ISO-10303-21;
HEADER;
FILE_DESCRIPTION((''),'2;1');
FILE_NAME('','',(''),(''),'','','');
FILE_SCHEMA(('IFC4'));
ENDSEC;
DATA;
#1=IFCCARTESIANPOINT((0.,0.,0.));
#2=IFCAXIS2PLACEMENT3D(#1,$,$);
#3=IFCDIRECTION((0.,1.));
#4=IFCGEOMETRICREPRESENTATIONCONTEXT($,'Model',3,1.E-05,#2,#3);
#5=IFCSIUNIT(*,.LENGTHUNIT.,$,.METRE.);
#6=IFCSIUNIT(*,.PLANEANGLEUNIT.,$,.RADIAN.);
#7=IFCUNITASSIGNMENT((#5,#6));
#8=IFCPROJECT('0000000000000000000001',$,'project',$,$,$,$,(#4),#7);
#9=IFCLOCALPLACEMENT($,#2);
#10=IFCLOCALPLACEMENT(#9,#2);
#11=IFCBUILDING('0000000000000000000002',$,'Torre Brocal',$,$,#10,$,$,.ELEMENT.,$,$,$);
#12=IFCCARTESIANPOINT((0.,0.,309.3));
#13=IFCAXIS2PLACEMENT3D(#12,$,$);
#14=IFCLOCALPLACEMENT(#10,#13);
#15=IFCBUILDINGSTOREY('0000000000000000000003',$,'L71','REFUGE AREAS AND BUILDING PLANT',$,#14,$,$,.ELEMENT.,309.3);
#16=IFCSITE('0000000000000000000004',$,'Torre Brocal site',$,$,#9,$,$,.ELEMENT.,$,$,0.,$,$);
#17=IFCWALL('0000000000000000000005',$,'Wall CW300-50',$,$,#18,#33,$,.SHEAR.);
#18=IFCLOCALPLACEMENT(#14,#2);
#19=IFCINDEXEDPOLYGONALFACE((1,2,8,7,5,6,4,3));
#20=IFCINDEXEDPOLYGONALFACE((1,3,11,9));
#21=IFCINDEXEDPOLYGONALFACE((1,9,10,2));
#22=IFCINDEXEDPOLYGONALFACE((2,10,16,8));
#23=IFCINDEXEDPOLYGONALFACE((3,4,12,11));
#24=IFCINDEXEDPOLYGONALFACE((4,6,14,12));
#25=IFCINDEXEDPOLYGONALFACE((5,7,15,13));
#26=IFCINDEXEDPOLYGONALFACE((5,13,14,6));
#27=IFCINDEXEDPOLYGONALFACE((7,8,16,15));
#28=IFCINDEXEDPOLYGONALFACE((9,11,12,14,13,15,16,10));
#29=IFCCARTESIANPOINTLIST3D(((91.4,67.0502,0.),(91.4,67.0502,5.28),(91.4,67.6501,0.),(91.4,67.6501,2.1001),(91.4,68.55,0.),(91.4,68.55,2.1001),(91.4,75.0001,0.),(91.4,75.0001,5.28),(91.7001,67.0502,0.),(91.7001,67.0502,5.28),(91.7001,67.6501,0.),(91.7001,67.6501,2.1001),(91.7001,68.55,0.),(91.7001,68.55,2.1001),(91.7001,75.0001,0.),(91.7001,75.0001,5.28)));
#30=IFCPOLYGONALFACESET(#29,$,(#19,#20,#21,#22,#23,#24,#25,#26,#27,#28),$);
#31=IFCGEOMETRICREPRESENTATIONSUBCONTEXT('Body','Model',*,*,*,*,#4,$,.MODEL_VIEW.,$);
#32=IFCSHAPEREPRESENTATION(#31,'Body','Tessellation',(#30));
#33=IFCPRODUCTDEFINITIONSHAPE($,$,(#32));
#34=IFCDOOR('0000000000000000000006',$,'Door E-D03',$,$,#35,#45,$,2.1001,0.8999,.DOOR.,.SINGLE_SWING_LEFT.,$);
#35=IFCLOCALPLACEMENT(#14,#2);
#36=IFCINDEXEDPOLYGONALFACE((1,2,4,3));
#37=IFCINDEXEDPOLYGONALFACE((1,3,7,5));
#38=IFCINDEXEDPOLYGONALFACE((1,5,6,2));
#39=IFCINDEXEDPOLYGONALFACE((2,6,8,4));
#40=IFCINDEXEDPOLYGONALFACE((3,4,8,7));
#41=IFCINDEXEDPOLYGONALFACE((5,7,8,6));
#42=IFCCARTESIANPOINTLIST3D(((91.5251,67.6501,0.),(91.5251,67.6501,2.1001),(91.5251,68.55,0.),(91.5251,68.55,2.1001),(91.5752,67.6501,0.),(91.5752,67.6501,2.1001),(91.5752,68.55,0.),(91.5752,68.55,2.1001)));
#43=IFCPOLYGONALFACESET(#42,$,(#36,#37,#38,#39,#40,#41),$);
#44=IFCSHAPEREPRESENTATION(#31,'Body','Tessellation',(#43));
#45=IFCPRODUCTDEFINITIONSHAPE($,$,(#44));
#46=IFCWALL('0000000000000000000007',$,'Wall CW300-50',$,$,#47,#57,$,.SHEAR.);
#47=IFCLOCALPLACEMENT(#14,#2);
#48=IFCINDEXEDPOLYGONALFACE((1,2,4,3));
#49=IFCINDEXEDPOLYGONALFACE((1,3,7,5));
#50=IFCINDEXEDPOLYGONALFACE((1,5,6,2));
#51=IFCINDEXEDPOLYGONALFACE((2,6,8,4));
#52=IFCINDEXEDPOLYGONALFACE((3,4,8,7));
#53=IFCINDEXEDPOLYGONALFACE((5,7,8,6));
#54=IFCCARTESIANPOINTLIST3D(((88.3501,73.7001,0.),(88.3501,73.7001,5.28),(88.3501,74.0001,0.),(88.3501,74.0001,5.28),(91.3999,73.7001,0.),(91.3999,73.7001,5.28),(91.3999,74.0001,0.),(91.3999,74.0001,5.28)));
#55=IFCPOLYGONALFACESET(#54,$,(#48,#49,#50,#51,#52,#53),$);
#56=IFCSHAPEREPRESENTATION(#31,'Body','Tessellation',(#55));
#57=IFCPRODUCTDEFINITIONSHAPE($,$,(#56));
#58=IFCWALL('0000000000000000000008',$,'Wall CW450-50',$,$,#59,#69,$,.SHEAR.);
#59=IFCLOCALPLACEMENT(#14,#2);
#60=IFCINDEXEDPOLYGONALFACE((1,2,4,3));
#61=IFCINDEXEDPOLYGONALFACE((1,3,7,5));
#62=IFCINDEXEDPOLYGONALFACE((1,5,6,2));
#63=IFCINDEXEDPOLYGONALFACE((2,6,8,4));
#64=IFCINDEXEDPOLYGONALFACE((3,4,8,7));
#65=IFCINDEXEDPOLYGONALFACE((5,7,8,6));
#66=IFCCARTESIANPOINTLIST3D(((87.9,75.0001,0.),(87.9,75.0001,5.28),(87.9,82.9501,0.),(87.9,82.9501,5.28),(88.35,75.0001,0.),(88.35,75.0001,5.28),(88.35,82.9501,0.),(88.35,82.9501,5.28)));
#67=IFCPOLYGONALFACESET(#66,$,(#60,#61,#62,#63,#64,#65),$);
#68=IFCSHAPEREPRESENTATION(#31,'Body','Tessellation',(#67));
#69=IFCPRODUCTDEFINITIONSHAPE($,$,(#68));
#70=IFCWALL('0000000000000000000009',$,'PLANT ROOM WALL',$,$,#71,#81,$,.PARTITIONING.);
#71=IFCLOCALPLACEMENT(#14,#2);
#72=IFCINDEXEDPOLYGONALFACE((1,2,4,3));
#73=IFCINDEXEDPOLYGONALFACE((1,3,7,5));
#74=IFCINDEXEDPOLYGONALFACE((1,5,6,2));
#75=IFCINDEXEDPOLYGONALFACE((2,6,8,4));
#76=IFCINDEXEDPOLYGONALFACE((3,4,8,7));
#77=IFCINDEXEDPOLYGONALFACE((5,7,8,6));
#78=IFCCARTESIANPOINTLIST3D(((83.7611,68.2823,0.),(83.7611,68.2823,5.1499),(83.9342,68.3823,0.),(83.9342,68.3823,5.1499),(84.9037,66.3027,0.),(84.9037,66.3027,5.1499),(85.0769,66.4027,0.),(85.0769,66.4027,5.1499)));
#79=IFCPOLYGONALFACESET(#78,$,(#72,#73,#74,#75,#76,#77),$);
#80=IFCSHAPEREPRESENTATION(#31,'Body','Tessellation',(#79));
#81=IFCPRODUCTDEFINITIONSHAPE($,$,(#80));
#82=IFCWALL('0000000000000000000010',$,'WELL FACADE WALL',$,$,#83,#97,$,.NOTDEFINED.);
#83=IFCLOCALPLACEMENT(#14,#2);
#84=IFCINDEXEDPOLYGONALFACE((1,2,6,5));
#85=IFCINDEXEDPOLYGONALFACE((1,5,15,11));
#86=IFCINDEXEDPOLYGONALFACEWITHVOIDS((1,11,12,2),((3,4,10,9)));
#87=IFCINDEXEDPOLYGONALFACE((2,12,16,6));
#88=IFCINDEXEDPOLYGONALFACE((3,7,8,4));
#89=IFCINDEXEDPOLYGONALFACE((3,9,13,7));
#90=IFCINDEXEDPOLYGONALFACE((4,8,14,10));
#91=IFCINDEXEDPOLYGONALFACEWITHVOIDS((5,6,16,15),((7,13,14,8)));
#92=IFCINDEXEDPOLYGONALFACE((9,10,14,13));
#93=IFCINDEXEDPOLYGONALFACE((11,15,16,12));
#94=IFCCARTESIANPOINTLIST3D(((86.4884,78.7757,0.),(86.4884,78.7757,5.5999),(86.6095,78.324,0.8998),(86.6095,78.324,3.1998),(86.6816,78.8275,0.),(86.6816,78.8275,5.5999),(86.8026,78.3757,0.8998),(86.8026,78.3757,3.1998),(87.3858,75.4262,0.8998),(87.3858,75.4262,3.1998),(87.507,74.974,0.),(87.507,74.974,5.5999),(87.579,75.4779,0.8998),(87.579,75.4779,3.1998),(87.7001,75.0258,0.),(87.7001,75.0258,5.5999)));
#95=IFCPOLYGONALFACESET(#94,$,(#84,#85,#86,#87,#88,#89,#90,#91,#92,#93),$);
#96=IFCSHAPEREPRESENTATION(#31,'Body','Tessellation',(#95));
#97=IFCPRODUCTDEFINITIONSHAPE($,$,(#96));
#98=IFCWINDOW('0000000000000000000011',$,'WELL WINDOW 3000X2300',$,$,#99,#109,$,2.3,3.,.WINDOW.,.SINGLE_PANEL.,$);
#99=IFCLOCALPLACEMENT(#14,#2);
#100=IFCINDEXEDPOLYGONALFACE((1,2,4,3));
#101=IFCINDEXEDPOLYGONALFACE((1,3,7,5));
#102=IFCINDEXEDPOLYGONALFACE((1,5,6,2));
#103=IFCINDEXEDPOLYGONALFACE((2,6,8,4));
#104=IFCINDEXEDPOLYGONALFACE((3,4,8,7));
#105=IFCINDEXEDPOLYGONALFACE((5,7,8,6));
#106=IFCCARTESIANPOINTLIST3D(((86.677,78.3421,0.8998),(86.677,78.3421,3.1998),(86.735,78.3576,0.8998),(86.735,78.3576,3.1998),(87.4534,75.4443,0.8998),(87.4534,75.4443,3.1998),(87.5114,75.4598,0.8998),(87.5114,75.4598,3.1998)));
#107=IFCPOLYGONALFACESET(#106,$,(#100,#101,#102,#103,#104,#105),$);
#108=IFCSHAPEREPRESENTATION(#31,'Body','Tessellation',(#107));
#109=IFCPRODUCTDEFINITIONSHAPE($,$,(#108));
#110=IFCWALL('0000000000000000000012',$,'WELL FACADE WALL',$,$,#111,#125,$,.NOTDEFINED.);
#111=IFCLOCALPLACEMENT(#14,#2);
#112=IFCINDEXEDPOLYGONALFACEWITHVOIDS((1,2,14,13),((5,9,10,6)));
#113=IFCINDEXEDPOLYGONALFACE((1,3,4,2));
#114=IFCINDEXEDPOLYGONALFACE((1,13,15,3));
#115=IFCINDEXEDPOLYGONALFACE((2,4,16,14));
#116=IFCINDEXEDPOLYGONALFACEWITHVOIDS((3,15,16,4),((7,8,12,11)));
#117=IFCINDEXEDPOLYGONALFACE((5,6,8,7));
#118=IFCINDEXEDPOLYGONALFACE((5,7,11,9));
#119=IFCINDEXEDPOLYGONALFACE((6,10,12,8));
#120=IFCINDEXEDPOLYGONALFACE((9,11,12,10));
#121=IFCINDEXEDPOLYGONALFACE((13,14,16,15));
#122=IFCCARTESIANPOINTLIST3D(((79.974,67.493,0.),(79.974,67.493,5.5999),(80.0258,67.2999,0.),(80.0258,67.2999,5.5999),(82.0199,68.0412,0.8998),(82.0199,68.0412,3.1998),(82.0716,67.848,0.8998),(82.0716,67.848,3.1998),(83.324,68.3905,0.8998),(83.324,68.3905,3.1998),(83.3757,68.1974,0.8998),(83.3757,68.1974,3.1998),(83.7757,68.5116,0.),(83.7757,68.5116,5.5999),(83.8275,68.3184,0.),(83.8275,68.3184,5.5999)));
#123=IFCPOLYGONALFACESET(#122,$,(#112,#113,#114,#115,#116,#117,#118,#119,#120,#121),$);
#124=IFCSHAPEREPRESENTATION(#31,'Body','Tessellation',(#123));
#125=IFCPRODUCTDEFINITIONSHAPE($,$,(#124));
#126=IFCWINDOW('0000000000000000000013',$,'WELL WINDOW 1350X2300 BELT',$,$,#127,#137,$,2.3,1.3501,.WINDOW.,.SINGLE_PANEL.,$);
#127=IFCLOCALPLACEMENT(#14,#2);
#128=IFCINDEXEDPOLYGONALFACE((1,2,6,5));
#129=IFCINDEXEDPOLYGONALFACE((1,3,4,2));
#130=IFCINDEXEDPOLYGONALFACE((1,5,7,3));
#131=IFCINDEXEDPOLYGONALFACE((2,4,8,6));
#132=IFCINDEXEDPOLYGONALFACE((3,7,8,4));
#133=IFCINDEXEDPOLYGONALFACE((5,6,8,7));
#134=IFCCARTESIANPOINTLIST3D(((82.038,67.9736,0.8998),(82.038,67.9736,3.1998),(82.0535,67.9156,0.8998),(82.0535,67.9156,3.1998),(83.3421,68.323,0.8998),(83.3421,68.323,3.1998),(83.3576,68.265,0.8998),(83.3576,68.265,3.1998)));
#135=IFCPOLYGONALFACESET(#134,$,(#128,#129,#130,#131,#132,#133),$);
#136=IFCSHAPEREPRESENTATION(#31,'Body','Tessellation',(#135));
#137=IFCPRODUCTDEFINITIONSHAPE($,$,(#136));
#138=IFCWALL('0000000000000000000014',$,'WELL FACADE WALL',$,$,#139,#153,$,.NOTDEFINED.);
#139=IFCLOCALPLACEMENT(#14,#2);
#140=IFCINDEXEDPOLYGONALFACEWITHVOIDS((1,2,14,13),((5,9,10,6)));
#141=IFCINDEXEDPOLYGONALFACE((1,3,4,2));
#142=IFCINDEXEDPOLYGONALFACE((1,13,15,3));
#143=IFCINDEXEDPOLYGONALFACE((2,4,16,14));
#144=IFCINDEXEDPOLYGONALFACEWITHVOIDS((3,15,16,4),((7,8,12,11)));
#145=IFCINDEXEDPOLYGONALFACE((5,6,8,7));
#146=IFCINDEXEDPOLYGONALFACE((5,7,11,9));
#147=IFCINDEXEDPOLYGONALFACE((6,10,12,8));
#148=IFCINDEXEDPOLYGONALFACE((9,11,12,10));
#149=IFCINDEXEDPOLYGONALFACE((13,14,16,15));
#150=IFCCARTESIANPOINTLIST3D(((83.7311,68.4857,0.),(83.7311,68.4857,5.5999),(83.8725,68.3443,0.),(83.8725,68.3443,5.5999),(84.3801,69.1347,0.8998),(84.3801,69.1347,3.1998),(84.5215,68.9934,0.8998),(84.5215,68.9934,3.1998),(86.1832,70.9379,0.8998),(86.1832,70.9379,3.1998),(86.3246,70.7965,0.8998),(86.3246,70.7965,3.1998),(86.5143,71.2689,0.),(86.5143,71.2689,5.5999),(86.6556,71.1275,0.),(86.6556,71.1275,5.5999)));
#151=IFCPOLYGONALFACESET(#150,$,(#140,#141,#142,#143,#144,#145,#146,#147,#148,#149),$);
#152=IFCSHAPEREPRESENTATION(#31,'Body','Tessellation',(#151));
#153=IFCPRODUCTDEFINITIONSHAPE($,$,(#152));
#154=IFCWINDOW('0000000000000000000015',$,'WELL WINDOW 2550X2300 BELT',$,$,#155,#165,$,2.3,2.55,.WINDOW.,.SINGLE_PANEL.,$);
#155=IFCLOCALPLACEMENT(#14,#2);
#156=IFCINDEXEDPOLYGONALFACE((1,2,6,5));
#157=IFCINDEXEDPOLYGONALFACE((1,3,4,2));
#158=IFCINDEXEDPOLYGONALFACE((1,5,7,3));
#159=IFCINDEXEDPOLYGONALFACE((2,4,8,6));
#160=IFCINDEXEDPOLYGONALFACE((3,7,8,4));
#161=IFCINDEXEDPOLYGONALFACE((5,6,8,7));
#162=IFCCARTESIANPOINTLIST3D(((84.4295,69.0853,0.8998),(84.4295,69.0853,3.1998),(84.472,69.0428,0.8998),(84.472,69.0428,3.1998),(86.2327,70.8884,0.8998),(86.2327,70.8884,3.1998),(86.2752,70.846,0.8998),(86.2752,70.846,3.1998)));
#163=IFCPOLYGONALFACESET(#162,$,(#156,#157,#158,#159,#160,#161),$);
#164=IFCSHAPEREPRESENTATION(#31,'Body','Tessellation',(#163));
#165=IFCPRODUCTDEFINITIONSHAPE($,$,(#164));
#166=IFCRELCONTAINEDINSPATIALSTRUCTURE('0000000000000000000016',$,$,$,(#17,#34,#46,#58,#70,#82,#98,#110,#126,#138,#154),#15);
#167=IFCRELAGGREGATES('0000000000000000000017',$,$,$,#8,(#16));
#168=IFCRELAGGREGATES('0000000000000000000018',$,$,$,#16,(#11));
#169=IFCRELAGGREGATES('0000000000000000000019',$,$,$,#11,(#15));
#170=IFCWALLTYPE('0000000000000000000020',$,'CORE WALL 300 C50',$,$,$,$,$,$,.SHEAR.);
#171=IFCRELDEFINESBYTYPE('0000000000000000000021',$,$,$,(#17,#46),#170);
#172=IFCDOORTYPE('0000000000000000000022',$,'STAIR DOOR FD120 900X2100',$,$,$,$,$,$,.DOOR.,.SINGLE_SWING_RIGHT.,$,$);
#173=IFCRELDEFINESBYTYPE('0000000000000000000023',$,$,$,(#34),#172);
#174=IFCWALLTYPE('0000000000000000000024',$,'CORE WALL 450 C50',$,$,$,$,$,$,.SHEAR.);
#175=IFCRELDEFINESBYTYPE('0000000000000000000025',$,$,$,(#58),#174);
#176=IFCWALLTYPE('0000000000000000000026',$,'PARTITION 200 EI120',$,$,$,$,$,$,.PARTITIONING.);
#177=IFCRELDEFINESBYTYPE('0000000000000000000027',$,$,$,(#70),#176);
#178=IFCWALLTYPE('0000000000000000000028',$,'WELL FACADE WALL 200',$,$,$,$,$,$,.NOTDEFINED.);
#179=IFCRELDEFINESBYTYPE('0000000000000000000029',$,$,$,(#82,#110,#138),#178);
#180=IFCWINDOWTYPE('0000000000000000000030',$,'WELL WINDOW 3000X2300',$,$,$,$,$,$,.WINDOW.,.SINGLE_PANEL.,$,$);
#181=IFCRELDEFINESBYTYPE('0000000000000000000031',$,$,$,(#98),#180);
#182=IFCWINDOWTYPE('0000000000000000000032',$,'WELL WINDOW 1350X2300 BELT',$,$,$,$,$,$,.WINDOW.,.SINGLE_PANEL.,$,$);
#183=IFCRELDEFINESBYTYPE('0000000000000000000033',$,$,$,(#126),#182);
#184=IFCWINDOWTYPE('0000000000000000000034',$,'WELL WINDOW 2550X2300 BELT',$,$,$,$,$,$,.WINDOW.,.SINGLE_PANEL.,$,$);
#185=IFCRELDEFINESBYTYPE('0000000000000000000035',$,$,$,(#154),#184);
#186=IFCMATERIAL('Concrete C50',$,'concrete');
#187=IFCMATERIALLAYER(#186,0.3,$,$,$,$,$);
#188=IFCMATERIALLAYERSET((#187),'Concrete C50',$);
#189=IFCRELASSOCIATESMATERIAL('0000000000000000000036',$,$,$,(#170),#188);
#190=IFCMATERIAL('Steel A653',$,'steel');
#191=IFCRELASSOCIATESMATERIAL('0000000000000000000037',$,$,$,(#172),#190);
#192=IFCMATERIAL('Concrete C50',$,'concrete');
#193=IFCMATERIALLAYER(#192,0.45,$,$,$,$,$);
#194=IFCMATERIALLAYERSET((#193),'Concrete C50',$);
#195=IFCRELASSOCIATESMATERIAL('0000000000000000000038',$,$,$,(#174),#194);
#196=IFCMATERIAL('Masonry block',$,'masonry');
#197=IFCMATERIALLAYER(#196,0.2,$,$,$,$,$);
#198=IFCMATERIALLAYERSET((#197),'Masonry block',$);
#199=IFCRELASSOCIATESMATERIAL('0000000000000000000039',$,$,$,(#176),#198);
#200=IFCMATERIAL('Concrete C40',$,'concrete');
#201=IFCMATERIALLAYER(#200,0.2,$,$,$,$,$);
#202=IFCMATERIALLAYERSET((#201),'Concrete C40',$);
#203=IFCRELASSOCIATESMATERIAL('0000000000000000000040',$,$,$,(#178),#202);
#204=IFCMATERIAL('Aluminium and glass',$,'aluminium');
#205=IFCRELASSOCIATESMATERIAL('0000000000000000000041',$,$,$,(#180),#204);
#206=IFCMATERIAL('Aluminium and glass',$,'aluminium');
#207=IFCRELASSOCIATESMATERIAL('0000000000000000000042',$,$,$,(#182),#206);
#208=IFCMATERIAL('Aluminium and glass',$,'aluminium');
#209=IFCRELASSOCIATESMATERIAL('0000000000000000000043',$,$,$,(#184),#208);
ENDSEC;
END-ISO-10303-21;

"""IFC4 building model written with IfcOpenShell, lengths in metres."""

from ifc_helpers import new_model, si_unit, direction, frame, frame_2d, origin, place, context, subcontext, project, spatial, rectangle, extrude, material, layer, layer_set, type_object, element, fill, save


model = new_model("IFC4")

# Units and contexts
model_context = context("Model", 3, precision=1e-05, world=origin(), true_north=direction((0.0, 1.0)))
body_context = subcontext(model_context, "Body", "Model", "MODEL_VIEW")
ifc_project = project(units=[si_unit("LENGTHUNIT", "METRE"), si_unit("PLANEANGLEUNIT", "RADIAN")], contexts=[model_context])

# Site, building, storey
site_placement = place(None, origin())
site = spatial("IfcSite", under=ifc_project, at=site_placement, Name="Torre Brocal site", CompositionType="ELEMENT", RefElevation=0.0)
building_placement = place(site_placement, origin())
building = spatial("IfcBuilding", under=site, at=building_placement, Name="Torre Brocal", CompositionType="ELEMENT")
storey_placement = place(building_placement, frame((0.0, 0.0, 309.3)))
storey = spatial("IfcBuildingStorey", under=building, at=storey_placement, Name="L71", Description="REFUGE AREAS AND BUILDING PLANT", CompositionType="ELEMENT", Elevation=309.3)

# Wall, opening, door
ifc_material_1 = material(Name="Concrete C50", Category="concrete")
ifc_layer_1 = layer(ifc_material_1, 0.3)
ifc_layer_set_1 = layer_set([ifc_layer_1], Name="Concrete C50")
wall_type_1 = type_object("IfcWallType", Name="CORE WALL 300 C50", PredefinedType="SHEAR", material=ifc_layer_set_1)
ifc_material_2 = material(Name="Steel A653", Category="steel")
door_type = type_object("IfcDoorType", Name="STAIR DOOR FD120 900X2100", OperationType="SINGLE_SWING_RIGHT", PredefinedType="DOOR", material=ifc_material_2)
wall_1_placement = place(storey_placement, frame((91.55, 67.05, 0.0), z_axis=(0.0, 0.0, 1.0), x_axis=(0.0, 1.0, 0.0)))
wall_1 = element("IfcWall", 1, at=wall_1_placement, inside=storey, type_object=wall_type_1, Name="Wall CW300-50", PredefinedType="SHEAR", context=body_context, shape_type="SweptSolid", body=[
    extrude(rectangle(XDim=7.95, YDim=0.3, at=frame_2d((3.9751, 0.0))), origin(), (0.0, 0.0, 1.0), 5.28),
])
opening_1_placement = place(wall_1_placement, frame((0.6001, 0.0, 0.0)))
opening_1 = element("IfcOpeningElement", 2, at=opening_1_placement, cuts=wall_1, PredefinedType="OPENING", context=body_context, shape_type="SweptSolid", body=[
    extrude(rectangle(XDim=0.8999, YDim=2.1001, at=frame_2d((0.45, 1.05))), frame((0.0, 0.1599, 0.0), z_axis=(0.0, -1.0, 0.0), x_axis=(1.0, 0.0, 0.0)), (0.0, 0.0, 1.0), 0.3201),
])
door_1_placement = place(opening_1_placement, origin())
door_1 = element("IfcDoor", 3, at=door_1_placement, inside=storey, type_object=door_type, Name="Door E-D03", OperationType="SINGLE_SWING_LEFT", OverallHeight=2.1001, OverallWidth=0.8999, PredefinedType="DOOR", context=body_context, shape_type="SweptSolid", body=[
    extrude(rectangle(XDim=0.8999, YDim=2.1001, at=frame_2d((0.45, 1.05))), frame((0.0, 0.0249, 0.0), z_axis=(0.0, -1.0, 0.0), x_axis=(1.0, 0.0, 0.0)), (0.0, 0.0, 1.0), 0.05),
])
fill(opening_1, door_1)

# Walls
wall_2_placement = place(storey_placement, frame((88.3501, 73.8501, 0.0), z_axis=(0.0, 0.0, 1.0), x_axis=(1.0, 0.0, 0.0)))
element("IfcWall", 4, at=wall_2_placement, inside=storey, type_object=wall_type_1, Name="Wall CW300-50", PredefinedType="SHEAR", context=body_context, shape_type="SweptSolid", body=[
    extrude(rectangle(XDim=3.0498, YDim=0.3, at=frame_2d((1.5249, 0.0))), origin(), (0.0, 0.0, 1.0), 5.28),
])
ifc_material_3 = material(Name="Concrete C50", Category="concrete")
ifc_layer_2 = layer(ifc_material_3, 0.45)
ifc_layer_set_2 = layer_set([ifc_layer_2], Name="Concrete C50")
wall_type_2 = type_object("IfcWallType", Name="CORE WALL 450 C50", PredefinedType="SHEAR", material=ifc_layer_set_2)
wall_3_placement = place(storey_placement, frame((88.125, 75.0, 0.0), z_axis=(0.0, 0.0, 1.0), x_axis=(0.0, 1.0, 0.0)))
element("IfcWall", 5, at=wall_3_placement, inside=storey, type_object=wall_type_2, Name="Wall CW450-50", PredefinedType="SHEAR", context=body_context, shape_type="SweptSolid", body=[
    extrude(rectangle(XDim=7.95, YDim=0.45, at=frame_2d((3.9751, 0.0))), origin(), (0.0, 0.0, 1.0), 5.28),
])
ifc_material_4 = material(Name="Masonry block", Category="masonry")
ifc_layer_3 = layer(ifc_material_4, 0.2)
ifc_layer_set_3 = layer_set([ifc_layer_3], Name="Masonry block")
wall_type_3 = type_object("IfcWallType", Name="PARTITION 200 EI120", PredefinedType="PARTITIONING", material=ifc_layer_set_3)
wall_4_placement = place(storey_placement, frame((83.8477, 68.3323, 0.0), z_axis=(0.0, 0.0, 1.0), x_axis=(0.499907, -0.866079, 0.0)))
element("IfcWall", 6, at=wall_4_placement, inside=storey, type_object=wall_type_3, Name="PLANT ROOM WALL", PredefinedType="PARTITIONING", context=body_context, shape_type="SweptSolid", body=[
    extrude(rectangle(XDim=2.2856, YDim=0.2, at=frame_2d((1.1428, 0.0))), origin(), (0.0, 0.0, 1.0), 5.1499),
])

# Walls, openings, windows
ifc_material_5 = material(Name="Concrete C40", Category="concrete")
ifc_layer_4 = layer(ifc_material_5, 0.2)
ifc_layer_set_4 = layer_set([ifc_layer_4], Name="Concrete C40")
wall_type_4 = type_object("IfcWallType", Name="WELL FACADE WALL 200", PredefinedType="NOTDEFINED", material=ifc_layer_set_4)
wall_5_placement = place(storey_placement, frame((87.6035, 75.0, 0.0), z_axis=(0.0, 0.0, 1.0), x_axis=(-0.25879, 0.965934, 0.0)))
wall_5 = element("IfcWall", 7, at=wall_5_placement, inside=storey, type_object=wall_type_4, Name="WELL FACADE WALL", PredefinedType="NOTDEFINED", context=body_context, shape_type="SweptSolid", body=[
    extrude(rectangle(XDim=3.9358, YDim=0.2, at=frame_2d((1.9678, 0.0))), origin(), (0.0, 0.0, 1.0), 5.5999),
])
opening_2_placement = place(wall_5_placement, frame((0.468, 0.0, 0.8999)))
opening_2 = element("IfcOpeningElement", 8, at=opening_2_placement, cuts=wall_5, PredefinedType="OPENING", context=body_context, shape_type="SweptSolid", body=[
    extrude(rectangle(XDim=3.0, YDim=2.3, at=frame_2d((1.5, 1.1499))), frame((0.0, 0.1099, 0.0), z_axis=(0.0, -1.0, 0.0), x_axis=(1.0, 0.0, 0.0)), (0.0, 0.0, 1.0), 0.22),
])
ifc_material_6 = material(Name="Aluminium and glass", Category="aluminium")
window_type_1 = type_object("IfcWindowType", Name="WELL WINDOW 3000X2300", PartitioningType="SINGLE_PANEL", PredefinedType="WINDOW", material=ifc_material_6)
window_1_placement = place(opening_2_placement, origin())
window_1 = element("IfcWindow", 9, at=window_1_placement, inside=storey, type_object=window_type_1, Name="WELL WINDOW 3000X2300", OverallHeight=2.3, OverallWidth=3.0, PartitioningType="SINGLE_PANEL", PredefinedType="WINDOW", context=body_context, shape_type="SweptSolid", body=[
    extrude(rectangle(XDim=3.0, YDim=2.3, at=frame_2d((1.5, 1.1499))), frame((0.0, 0.03, 0.0), z_axis=(0.0, -1.0, 0.0), x_axis=(1.0, 0.0, 0.0)), (0.0, 0.0, 1.0), 0.0601),
])
fill(opening_2, window_1)
wall_6_placement = place(storey_placement, frame((80.0, 67.3965, 0.0), z_axis=(0.0, 0.0, 1.0), x_axis=(0.965934, 0.25879, 0.0)))
wall_6 = element("IfcWall", 10, at=wall_6_placement, inside=storey, type_object=wall_type_4, Name="WELL FACADE WALL", PredefinedType="NOTDEFINED", context=body_context, shape_type="SweptSolid", body=[
    extrude(rectangle(XDim=3.9358, YDim=0.2, at=frame_2d((1.9678, 0.0))), origin(), (0.0, 0.0, 1.0), 5.5999),
])
opening_3_placement = place(wall_6_placement, frame((2.1179, 0.0, 0.8999)))
opening_3 = element("IfcOpeningElement", 11, at=opening_3_placement, cuts=wall_6, PredefinedType="OPENING", context=body_context, shape_type="SweptSolid", body=[
    extrude(rectangle(XDim=1.3501, YDim=2.3, at=frame_2d((0.675, 1.1499))), frame((0.0, 0.1099, 0.0), z_axis=(0.0, -1.0, 0.0), x_axis=(1.0, 0.0, 0.0)), (0.0, 0.0, 1.0), 0.22),
])
ifc_material_7 = material(Name="Aluminium and glass", Category="aluminium")
window_type_2 = type_object("IfcWindowType", Name="WELL WINDOW 1350X2300 BELT", PartitioningType="SINGLE_PANEL", PredefinedType="WINDOW", material=ifc_material_7)
window_2_placement = place(opening_3_placement, origin())
window_2 = element("IfcWindow", 12, at=window_2_placement, inside=storey, type_object=window_type_2, Name="WELL WINDOW 1350X2300 BELT", OverallHeight=2.3, OverallWidth=1.3501, PartitioningType="SINGLE_PANEL", PredefinedType="WINDOW", context=body_context, shape_type="SweptSolid", body=[
    extrude(rectangle(XDim=1.3501, YDim=2.3, at=frame_2d((0.675, 1.1499))), frame((0.0, 0.03, 0.0), z_axis=(0.0, -1.0, 0.0), x_axis=(1.0, 0.0, 0.0)), (0.0, 0.0, 1.0), 0.0601),
])
fill(opening_3, window_2)
wall_7_placement = place(storey_placement, frame((83.8018, 68.415, 0.0), z_axis=(0.0, 0.0, 1.0), x_axis=(0.707107, 0.707107, 0.0)))
wall_7 = element("IfcWall", 13, at=wall_7_placement, inside=storey, type_object=wall_type_4, Name="WELL FACADE WALL", PredefinedType="NOTDEFINED", context=body_context, shape_type="SweptSolid", body=[
    extrude(rectangle(XDim=3.936, YDim=0.2, at=frame_2d((1.968, 0.0))), origin(), (0.0, 0.0, 1.0), 5.5999),
])
opening_4_placement = place(wall_7_placement, frame((0.918, 0.0, 0.8999)))
opening_4 = element("IfcOpeningElement", 14, at=opening_4_placement, cuts=wall_7, PredefinedType="OPENING", context=body_context, shape_type="SweptSolid", body=[
    extrude(rectangle(XDim=2.55, YDim=2.3, at=frame_2d((1.2749, 1.1499))), frame((0.0, 0.1099, 0.0), z_axis=(0.0, -1.0, 0.0), x_axis=(1.0, 0.0, 0.0)), (0.0, 0.0, 1.0), 0.22),
])
ifc_material_8 = material(Name="Aluminium and glass", Category="aluminium")
window_type_3 = type_object("IfcWindowType", Name="WELL WINDOW 2550X2300 BELT", PartitioningType="SINGLE_PANEL", PredefinedType="WINDOW", material=ifc_material_8)
window_3_placement = place(opening_4_placement, origin())
window_3 = element("IfcWindow", 15, at=window_3_placement, inside=storey, type_object=window_type_3, Name="WELL WINDOW 2550X2300 BELT", OverallHeight=2.3, OverallWidth=2.55, PartitioningType="SINGLE_PANEL", PredefinedType="WINDOW", context=body_context, shape_type="SweptSolid", body=[
    extrude(rectangle(XDim=2.55, YDim=2.3, at=frame_2d((1.2749, 1.1499))), frame((0.0, 0.03, 0.0), z_axis=(0.0, -1.0, 0.0), x_axis=(1.0, 0.0, 0.0)), (0.0, 0.0, 1.0), 0.0601),
])
fill(opening_4, window_3)

save(model, "model.ifc")
